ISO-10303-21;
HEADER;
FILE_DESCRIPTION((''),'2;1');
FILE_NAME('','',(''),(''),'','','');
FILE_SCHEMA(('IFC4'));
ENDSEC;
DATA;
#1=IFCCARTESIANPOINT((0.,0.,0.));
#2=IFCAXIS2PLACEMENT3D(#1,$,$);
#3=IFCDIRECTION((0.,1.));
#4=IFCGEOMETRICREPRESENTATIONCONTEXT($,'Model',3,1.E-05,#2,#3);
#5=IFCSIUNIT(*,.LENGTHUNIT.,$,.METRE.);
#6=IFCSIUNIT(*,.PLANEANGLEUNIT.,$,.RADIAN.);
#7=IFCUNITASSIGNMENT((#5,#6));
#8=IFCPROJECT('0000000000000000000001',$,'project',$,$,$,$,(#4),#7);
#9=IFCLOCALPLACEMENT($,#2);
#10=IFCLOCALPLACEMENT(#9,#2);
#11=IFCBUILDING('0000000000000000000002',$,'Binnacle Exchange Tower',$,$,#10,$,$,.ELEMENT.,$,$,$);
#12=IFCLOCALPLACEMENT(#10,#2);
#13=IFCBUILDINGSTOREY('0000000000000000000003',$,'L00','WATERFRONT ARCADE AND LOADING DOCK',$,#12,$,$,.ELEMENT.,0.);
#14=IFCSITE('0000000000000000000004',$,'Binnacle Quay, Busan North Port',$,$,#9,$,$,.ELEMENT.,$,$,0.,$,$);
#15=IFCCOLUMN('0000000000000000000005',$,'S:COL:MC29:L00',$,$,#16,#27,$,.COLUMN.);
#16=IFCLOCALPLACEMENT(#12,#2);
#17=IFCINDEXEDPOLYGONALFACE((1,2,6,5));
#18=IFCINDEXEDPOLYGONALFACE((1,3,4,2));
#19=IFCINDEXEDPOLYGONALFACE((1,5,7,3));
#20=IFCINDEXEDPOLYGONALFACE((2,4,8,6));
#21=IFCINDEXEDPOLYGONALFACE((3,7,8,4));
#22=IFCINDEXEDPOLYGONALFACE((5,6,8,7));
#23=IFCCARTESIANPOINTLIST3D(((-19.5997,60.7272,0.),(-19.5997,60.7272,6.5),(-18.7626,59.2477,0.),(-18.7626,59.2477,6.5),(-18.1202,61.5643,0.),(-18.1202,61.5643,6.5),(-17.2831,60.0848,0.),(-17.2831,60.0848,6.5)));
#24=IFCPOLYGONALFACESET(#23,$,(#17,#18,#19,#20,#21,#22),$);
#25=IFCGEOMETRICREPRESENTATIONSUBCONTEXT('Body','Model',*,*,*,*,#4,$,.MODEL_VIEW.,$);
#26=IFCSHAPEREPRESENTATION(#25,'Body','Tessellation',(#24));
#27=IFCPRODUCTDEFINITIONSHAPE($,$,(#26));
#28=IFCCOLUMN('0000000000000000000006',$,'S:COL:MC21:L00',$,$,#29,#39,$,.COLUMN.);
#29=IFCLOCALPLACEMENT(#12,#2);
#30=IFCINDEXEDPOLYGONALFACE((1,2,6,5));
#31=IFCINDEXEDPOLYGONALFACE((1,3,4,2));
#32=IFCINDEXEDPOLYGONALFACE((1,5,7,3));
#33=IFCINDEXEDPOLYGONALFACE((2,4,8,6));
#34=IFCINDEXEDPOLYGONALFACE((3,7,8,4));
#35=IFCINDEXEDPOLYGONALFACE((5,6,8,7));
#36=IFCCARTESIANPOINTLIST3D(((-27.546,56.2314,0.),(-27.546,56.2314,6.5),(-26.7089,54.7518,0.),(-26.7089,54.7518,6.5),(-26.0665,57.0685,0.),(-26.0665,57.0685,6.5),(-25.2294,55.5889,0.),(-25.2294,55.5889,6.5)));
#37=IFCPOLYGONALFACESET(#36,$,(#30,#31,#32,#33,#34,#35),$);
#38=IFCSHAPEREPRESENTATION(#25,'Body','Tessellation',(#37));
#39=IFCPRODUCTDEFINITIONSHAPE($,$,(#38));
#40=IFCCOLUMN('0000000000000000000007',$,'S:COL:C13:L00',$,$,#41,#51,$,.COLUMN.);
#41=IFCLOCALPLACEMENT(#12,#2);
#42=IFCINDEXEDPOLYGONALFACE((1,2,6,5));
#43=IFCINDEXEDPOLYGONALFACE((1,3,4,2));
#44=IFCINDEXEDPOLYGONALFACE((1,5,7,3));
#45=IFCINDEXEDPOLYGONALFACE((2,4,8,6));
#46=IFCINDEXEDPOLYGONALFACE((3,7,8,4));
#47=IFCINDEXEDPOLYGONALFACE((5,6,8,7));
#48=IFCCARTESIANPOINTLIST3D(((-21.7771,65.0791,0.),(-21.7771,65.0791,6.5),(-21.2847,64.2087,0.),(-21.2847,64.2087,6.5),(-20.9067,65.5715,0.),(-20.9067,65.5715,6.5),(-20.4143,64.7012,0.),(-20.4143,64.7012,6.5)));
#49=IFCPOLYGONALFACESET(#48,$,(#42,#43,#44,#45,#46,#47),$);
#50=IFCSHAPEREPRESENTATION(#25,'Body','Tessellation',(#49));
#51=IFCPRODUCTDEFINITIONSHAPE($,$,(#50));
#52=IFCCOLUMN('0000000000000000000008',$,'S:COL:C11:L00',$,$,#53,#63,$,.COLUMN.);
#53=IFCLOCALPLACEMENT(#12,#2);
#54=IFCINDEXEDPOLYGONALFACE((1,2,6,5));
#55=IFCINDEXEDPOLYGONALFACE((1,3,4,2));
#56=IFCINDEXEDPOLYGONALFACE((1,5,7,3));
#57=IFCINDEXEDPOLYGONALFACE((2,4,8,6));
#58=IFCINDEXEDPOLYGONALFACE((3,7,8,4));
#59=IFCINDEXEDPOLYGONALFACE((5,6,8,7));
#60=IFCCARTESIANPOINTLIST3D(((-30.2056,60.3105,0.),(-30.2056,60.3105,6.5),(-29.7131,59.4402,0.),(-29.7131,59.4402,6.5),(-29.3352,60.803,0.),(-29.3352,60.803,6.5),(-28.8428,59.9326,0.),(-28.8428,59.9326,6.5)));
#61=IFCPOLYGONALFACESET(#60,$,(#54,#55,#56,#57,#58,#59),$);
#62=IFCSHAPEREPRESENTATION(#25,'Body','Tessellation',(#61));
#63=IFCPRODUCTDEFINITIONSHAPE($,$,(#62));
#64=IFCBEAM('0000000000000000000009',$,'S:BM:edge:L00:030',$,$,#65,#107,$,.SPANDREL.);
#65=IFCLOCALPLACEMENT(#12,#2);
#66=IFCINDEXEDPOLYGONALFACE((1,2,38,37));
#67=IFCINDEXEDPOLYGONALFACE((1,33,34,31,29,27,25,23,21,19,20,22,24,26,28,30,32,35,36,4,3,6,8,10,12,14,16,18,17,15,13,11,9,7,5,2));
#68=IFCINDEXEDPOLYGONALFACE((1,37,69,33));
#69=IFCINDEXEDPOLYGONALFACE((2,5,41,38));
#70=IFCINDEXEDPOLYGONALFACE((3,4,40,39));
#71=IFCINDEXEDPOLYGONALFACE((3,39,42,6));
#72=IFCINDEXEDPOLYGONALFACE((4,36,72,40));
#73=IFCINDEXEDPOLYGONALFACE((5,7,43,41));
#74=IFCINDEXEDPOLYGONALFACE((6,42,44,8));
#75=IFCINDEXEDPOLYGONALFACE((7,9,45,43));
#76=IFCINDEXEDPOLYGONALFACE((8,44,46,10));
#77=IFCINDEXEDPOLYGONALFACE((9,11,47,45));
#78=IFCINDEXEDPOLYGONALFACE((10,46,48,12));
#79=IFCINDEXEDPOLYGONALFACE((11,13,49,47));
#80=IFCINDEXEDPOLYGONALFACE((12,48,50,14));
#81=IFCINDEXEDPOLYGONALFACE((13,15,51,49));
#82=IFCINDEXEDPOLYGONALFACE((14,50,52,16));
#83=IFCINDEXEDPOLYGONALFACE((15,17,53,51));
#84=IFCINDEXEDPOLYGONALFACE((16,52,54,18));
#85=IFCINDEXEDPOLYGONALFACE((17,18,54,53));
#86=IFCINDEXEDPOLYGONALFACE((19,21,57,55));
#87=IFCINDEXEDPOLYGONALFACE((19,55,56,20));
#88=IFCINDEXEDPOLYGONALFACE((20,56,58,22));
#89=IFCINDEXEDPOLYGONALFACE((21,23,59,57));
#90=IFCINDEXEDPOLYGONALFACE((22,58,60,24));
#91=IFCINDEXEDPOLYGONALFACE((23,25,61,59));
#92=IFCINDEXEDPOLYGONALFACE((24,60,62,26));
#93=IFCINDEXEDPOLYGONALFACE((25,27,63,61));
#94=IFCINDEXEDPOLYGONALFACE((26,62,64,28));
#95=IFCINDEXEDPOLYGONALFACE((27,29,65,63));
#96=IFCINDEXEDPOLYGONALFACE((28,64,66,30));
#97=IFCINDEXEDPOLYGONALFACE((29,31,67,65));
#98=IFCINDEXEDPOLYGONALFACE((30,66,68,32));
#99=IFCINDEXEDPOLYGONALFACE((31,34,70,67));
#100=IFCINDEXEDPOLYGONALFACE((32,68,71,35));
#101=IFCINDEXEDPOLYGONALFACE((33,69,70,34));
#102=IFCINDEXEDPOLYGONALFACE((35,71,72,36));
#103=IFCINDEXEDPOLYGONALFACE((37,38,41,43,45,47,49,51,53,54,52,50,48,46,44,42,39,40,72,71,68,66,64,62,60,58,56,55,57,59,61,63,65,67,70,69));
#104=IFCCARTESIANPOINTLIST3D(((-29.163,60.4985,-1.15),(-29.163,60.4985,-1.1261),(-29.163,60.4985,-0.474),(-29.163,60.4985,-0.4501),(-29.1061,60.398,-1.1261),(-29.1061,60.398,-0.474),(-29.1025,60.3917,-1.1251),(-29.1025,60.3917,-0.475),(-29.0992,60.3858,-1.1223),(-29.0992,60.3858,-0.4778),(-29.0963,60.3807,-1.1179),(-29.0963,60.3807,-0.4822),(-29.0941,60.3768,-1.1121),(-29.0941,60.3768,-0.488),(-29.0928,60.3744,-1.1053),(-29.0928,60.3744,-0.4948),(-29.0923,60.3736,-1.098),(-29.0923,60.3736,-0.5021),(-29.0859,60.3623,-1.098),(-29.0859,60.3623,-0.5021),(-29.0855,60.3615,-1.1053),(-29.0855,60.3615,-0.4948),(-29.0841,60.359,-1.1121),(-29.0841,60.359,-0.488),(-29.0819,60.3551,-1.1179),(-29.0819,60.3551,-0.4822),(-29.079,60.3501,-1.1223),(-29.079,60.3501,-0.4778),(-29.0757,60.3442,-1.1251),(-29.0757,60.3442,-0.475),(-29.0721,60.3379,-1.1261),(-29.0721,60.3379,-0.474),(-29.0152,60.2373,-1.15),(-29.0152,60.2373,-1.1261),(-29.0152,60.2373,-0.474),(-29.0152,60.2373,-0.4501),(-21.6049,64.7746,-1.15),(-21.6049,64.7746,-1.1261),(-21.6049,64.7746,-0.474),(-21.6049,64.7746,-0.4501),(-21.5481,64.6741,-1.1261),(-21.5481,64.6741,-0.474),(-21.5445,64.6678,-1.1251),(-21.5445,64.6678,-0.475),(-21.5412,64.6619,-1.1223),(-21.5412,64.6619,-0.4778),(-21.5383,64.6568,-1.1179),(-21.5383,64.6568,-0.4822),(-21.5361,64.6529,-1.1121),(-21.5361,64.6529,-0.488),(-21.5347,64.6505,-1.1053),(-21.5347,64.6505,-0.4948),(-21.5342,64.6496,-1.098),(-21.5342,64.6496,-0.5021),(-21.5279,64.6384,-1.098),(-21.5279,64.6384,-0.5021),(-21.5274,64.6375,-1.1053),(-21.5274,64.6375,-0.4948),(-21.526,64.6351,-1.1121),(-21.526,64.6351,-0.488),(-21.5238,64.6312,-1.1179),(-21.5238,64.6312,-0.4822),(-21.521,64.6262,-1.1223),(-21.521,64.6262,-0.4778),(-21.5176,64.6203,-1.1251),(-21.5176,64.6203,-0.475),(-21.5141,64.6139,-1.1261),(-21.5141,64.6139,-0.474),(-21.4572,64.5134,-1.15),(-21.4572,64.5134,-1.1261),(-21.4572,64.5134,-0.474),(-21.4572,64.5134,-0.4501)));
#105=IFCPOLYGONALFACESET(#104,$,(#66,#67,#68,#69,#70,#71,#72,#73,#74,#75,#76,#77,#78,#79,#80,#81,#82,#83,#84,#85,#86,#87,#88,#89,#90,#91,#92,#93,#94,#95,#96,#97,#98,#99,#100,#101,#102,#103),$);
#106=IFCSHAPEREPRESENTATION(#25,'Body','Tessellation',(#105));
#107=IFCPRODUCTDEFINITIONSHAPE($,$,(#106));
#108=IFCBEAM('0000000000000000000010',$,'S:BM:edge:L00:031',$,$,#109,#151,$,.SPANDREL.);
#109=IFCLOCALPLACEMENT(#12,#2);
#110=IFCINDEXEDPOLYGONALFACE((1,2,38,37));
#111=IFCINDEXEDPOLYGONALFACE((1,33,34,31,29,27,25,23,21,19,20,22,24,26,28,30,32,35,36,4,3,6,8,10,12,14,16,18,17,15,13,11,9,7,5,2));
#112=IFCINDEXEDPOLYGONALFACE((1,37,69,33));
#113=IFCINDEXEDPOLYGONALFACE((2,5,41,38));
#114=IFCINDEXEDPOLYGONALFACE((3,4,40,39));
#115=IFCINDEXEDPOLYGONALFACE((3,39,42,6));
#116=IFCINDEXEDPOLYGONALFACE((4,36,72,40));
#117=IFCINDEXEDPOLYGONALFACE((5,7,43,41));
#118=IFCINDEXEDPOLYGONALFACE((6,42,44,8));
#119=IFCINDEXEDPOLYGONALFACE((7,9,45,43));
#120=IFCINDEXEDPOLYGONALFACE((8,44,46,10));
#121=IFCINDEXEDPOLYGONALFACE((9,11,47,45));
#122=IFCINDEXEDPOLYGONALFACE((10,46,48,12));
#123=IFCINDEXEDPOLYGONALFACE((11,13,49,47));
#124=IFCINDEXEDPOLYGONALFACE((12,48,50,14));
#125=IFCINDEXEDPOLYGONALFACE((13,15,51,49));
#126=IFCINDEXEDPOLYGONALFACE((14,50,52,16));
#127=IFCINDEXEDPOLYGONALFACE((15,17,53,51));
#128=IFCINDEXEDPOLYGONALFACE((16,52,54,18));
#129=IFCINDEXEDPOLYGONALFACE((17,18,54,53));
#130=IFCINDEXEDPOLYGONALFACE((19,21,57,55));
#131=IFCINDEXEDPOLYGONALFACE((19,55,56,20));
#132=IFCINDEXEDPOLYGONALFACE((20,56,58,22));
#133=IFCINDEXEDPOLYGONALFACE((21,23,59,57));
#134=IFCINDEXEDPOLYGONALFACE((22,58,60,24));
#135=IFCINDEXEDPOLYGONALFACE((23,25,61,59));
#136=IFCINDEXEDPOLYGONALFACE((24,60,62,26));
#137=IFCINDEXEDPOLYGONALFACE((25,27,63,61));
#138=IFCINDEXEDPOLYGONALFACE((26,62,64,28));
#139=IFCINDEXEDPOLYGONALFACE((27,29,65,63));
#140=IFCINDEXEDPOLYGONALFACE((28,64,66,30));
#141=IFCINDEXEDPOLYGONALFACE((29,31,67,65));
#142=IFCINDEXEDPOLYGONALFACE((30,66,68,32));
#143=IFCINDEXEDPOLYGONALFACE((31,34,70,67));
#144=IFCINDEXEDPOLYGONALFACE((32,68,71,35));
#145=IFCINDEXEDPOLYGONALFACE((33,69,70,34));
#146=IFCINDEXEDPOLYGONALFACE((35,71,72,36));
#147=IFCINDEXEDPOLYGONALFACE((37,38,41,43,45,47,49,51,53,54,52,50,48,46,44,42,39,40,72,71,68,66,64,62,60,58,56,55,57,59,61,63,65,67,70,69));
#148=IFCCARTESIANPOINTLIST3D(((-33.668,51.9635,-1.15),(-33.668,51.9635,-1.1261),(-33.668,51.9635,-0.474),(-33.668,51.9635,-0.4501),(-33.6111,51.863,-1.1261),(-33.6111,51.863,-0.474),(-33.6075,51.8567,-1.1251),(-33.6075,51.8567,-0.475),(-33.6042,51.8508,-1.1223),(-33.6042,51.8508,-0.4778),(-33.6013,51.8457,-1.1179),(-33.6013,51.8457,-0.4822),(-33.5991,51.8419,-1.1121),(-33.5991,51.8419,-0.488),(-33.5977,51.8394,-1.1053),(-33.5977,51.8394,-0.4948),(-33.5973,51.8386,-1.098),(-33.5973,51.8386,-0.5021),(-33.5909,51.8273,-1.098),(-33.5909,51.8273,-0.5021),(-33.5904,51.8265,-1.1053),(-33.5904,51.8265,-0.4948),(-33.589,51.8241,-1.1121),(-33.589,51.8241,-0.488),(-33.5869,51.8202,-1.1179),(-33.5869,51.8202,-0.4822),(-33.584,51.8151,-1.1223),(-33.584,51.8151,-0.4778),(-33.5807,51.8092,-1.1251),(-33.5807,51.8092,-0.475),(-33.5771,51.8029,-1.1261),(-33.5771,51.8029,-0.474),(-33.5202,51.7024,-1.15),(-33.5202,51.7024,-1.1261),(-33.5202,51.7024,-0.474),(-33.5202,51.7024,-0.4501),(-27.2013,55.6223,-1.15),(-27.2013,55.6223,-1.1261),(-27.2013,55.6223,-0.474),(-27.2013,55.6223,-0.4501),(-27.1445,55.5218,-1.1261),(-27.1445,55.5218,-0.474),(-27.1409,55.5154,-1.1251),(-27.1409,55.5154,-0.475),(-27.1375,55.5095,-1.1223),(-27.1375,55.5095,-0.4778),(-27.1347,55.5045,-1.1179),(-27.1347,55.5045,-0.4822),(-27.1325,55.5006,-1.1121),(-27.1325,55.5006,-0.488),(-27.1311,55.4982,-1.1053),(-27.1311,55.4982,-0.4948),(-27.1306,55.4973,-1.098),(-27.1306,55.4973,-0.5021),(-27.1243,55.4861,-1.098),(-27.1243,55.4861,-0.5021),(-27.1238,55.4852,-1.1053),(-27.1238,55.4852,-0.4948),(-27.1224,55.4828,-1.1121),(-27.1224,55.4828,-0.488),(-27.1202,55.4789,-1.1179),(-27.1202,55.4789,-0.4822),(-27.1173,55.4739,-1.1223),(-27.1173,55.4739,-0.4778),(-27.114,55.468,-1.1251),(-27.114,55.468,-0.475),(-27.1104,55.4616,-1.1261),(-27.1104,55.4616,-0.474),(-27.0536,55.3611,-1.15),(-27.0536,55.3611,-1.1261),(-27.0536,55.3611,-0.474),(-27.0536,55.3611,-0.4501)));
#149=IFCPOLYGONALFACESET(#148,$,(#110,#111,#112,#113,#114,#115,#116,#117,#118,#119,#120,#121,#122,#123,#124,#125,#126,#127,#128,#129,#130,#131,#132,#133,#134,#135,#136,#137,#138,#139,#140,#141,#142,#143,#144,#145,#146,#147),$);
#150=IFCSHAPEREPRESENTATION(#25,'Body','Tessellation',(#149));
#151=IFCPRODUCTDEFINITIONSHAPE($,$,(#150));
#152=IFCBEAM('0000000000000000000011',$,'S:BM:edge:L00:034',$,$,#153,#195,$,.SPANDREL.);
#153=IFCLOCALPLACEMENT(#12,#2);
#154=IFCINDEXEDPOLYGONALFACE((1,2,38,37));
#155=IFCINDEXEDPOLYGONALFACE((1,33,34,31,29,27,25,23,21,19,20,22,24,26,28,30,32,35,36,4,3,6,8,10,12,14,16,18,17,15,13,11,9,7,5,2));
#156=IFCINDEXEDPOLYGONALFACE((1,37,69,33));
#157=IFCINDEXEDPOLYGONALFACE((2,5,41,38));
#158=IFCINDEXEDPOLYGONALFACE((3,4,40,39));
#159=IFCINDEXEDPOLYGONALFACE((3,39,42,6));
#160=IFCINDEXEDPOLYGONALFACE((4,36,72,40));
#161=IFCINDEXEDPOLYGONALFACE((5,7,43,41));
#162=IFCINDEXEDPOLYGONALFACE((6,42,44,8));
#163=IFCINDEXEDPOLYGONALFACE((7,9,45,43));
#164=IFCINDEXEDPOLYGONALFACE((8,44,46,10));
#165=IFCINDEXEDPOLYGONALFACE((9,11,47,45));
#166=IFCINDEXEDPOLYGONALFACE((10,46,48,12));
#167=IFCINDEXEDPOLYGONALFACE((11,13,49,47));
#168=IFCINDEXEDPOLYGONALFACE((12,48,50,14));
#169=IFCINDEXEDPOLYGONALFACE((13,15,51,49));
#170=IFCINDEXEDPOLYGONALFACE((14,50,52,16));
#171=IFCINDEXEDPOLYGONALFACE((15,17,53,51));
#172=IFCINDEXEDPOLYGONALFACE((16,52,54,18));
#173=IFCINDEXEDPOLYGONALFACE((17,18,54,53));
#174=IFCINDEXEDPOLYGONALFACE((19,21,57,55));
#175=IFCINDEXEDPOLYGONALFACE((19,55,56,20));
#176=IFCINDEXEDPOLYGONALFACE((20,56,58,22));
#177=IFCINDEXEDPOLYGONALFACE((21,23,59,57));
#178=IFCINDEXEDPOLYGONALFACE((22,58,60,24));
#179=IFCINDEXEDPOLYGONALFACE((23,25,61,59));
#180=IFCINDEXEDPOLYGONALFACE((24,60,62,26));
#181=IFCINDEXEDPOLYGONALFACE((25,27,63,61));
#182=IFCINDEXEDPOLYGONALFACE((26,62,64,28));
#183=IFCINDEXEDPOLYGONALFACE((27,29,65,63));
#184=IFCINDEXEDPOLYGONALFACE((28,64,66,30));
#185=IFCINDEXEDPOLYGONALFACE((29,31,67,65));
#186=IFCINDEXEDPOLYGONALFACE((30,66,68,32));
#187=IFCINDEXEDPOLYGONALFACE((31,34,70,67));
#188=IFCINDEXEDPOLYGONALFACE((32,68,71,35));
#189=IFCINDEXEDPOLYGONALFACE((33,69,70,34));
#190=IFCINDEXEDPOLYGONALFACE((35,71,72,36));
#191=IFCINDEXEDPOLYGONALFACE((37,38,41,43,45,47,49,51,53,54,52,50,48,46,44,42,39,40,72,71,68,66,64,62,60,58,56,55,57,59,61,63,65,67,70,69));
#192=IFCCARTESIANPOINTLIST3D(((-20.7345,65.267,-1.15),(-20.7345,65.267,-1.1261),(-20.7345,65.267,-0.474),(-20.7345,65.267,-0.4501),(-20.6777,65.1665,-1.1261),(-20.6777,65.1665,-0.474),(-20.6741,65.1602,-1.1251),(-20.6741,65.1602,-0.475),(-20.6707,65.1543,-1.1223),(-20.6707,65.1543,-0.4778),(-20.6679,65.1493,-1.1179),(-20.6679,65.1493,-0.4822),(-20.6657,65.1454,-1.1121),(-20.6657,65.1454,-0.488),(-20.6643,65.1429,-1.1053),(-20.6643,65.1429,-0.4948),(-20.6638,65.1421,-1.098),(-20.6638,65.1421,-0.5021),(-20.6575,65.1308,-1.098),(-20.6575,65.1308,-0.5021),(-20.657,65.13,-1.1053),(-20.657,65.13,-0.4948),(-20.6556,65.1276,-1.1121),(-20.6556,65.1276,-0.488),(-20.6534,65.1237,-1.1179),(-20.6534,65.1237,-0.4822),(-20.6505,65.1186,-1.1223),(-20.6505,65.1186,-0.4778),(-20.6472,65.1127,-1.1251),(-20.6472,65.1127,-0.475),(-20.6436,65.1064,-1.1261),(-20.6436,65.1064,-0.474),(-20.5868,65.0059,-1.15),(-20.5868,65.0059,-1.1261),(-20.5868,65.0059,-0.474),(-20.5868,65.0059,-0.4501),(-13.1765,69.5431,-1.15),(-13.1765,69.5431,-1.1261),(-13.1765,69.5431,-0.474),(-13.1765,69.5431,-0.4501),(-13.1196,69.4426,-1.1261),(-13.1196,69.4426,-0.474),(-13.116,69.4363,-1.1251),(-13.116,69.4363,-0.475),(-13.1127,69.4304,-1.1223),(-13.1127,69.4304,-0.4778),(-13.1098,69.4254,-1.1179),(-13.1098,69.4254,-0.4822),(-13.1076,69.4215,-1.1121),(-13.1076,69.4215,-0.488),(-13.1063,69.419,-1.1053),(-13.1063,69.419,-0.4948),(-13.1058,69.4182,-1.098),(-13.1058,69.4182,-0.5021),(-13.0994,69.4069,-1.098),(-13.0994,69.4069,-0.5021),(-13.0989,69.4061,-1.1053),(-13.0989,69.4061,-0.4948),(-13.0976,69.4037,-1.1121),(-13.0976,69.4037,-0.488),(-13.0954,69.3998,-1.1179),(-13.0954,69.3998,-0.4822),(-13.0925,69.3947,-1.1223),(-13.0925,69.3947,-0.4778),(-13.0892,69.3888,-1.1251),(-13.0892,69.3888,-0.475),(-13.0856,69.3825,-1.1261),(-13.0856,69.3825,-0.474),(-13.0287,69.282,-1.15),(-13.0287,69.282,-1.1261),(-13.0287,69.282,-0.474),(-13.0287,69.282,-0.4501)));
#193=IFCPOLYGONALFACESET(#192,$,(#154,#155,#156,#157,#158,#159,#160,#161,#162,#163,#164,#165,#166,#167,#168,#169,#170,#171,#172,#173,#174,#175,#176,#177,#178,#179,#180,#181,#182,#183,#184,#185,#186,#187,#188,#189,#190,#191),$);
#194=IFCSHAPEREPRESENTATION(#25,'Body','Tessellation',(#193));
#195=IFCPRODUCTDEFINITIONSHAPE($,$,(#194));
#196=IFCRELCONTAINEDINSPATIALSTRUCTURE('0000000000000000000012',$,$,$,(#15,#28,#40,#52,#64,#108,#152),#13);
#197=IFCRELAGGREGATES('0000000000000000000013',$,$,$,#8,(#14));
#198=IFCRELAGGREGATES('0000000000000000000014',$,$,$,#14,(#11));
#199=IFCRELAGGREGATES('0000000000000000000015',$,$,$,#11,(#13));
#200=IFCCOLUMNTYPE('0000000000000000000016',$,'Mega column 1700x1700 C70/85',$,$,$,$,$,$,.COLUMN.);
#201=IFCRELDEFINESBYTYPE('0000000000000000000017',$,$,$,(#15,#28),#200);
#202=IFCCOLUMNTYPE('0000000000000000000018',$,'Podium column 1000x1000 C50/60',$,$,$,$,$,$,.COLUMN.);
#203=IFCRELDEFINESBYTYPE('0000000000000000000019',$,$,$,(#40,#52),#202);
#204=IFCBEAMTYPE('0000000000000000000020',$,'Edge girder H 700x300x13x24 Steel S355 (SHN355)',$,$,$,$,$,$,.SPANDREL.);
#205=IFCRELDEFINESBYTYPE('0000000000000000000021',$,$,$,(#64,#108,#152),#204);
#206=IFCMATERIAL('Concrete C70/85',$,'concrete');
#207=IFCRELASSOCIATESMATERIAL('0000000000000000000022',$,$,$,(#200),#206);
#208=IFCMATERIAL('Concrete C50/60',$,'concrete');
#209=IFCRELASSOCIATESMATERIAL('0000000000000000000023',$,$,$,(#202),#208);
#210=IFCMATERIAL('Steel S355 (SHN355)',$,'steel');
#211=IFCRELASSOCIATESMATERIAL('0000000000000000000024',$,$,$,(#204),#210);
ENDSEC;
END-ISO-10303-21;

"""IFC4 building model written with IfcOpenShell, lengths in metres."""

from ifc_helpers import new_model, si_unit, direction, frame, origin, origin_2d, place, context, subcontext, project, spatial, rectangle, i_section, extrude, material, material_profile, profile_set, type_object, element, save


model = new_model("IFC4")

# Units and contexts
model_context = context("Model", 3, precision=1e-05, world=origin(), true_north=direction((0.0, 1.0)))
body_context = subcontext(model_context, "Body", "Model", "MODEL_VIEW")
ifc_project = project(units=[si_unit("LENGTHUNIT", "METRE"), si_unit("PLANEANGLEUNIT", "RADIAN")], contexts=[model_context])

# Site, building, storey
site_placement = place(None, origin())
site = spatial("IfcSite", under=ifc_project, at=site_placement, Name="Binnacle Quay, Busan North Port", CompositionType="ELEMENT", RefElevation=0.0)
building_placement = place(site_placement, origin())
building = spatial("IfcBuilding", under=site, at=building_placement, Name="Binnacle Exchange Tower", CompositionType="ELEMENT")
storey_placement = place(building_placement, origin())
storey = spatial("IfcBuildingStorey", under=building, at=storey_placement, Name="L00", Description="WATERFRONT ARCADE AND LOADING DOCK", CompositionType="ELEMENT", Elevation=0.0)

# Columns
ifc_material_1 = material(Name="Concrete C70/85", Category="concrete")
ifc_material_profile_1 = material_profile(ifc_material_1, rectangle(XDim=1.7, YDim=1.7, at=origin_2d()), Name="Mega column 1700x1700 C70/85")
ifc_profile_set_1 = profile_set([ifc_material_profile_1], Name="Concrete C70/85")
column_type_1 = type_object("IfcColumnType", Name="Mega column 1700x1700 C70/85", PredefinedType="COLUMN", material=ifc_profile_set_1)
for number, where, z_axis, x_axis, name in (
    (1, (-18.4414, 60.406, 0.0), (0.0, 0.0, 1.0), (-0.870356, -0.492424, 0.0), "S:COL:MC29:L00"),
    (2, (-26.3877, 55.9102, 0.0), (0.0, 0.0, 1.0), (-0.870356, -0.492424, 0.0), "S:COL:MC21:L00"),
):
    element("IfcColumn", number, at=place(storey_placement, frame(where, z_axis=z_axis, x_axis=x_axis)), inside=storey, type_object=column_type_1, Name=name, PredefinedType="COLUMN", context=body_context, shape_type="SweptSolid", body=[
        extrude(rectangle(XDim=1.7, YDim=1.7, at=origin_2d()), origin(), (0.0, 0.0, 1.0), 6.5),
    ])
ifc_material_2 = material(Name="Concrete C50/60", Category="concrete")
ifc_material_profile_2 = material_profile(ifc_material_2, rectangle(XDim=1.0, YDim=1.0, at=origin_2d()), Name="Podium column 1000x1000 C50/60")
ifc_profile_set_2 = profile_set([ifc_material_profile_2], Name="Concrete C50/60")
column_type_2 = type_object("IfcColumnType", Name="Podium column 1000x1000 C50/60", PredefinedType="COLUMN", material=ifc_profile_set_2)
for number, where, z_axis, x_axis, name in (
    (3, (-21.0957, 64.8901, 0.0), (0.0, 0.0, 1.0), (-0.870356, -0.492424, 0.0), "S:COL:C13:L00"),
    (4, (-29.5242, 60.1216, 0.0), (0.0, 0.0, 1.0), (-0.870356, -0.492424, 0.0), "S:COL:C11:L00"),
):
    element("IfcColumn", number, at=place(storey_placement, frame(where, z_axis=z_axis, x_axis=x_axis)), inside=storey, type_object=column_type_2, Name=name, PredefinedType="COLUMN", context=body_context, shape_type="SweptSolid", body=[
        extrude(rectangle(XDim=1.0, YDim=1.0, at=origin_2d()), origin(), (0.0, 0.0, 1.0), 6.5),
    ])

# Beams
ifc_material_3 = material(Name="Steel S355 (SHN355)", Category="steel")
ifc_material_profile_3 = material_profile(ifc_material_3, i_section(OverallWidth=0.3, OverallDepth=0.7, WebThickness=0.0129, FlangeThickness=0.0239, FilletRadius=0.0281, at=origin_2d()), Name="H 700x300x13x24")
ifc_profile_set_3 = profile_set([ifc_material_profile_3], Name="Steel S355 (SHN355)")
beam_type_1 = type_object("IfcBeamType", Name="Edge girder H 700x300x13x24 Steel S355 (SHN355)", PredefinedType="SPANDREL", material=ifc_profile_set_3)
beam_1_placement = place(storey_placement, frame((-29.0891, 60.3679, -0.8), z_axis=(0.870358, 0.492419, 0.0), x_axis=(-0.492419, 0.870358, 0.0)))
element("IfcBeam", 5, at=beam_1_placement, inside=storey, type_object=beam_type_1, Name="S:BM:edge:L00:030", PredefinedType="SPANDREL", context=body_context, shape_type="SweptSolid", body=[
    extrude(i_section(OverallWidth=0.3, OverallDepth=0.7, WebThickness=0.0129, FlangeThickness=0.0239, FilletRadius=0.0281, at=origin_2d()), origin(), (0.0, 0.0, 1.0), 8.6838),
])
beam_2_placement = place(storey_placement, frame((-27.1274, 55.4917, -0.8), z_axis=(-0.87035, -0.492433, 0.0), x_axis=(0.492433, -0.87035, 0.0)))
element("IfcBeam", 6, at=beam_2_placement, inside=storey, type_object=beam_type_1, Name="S:BM:edge:L00:031", PredefinedType="SPANDREL", context=body_context, shape_type="SweptSolid", body=[
    extrude(i_section(OverallWidth=0.3, OverallDepth=0.7, WebThickness=0.0129, FlangeThickness=0.0239, FilletRadius=0.0281, at=origin_2d()), origin(), (0.0, 0.0, 1.0), 7.4299),
])
beam_3_placement = place(storey_placement, frame((-20.6606, 65.1365, -0.8), z_axis=(0.870358, 0.492419, 0.0), x_axis=(-0.492419, 0.870358, 0.0)))
element("IfcBeam", 7, at=beam_3_placement, inside=storey, type_object=beam_type_1, Name="S:BM:edge:L00:034", PredefinedType="SPANDREL", context=body_context, shape_type="SweptSolid", body=[
    extrude(i_section(OverallWidth=0.3, OverallDepth=0.7, WebThickness=0.0129, FlangeThickness=0.0239, FilletRadius=0.0281, at=origin_2d()), origin(), (0.0, 0.0, 1.0), 8.6838),
])

save(model, "model.ifc")
